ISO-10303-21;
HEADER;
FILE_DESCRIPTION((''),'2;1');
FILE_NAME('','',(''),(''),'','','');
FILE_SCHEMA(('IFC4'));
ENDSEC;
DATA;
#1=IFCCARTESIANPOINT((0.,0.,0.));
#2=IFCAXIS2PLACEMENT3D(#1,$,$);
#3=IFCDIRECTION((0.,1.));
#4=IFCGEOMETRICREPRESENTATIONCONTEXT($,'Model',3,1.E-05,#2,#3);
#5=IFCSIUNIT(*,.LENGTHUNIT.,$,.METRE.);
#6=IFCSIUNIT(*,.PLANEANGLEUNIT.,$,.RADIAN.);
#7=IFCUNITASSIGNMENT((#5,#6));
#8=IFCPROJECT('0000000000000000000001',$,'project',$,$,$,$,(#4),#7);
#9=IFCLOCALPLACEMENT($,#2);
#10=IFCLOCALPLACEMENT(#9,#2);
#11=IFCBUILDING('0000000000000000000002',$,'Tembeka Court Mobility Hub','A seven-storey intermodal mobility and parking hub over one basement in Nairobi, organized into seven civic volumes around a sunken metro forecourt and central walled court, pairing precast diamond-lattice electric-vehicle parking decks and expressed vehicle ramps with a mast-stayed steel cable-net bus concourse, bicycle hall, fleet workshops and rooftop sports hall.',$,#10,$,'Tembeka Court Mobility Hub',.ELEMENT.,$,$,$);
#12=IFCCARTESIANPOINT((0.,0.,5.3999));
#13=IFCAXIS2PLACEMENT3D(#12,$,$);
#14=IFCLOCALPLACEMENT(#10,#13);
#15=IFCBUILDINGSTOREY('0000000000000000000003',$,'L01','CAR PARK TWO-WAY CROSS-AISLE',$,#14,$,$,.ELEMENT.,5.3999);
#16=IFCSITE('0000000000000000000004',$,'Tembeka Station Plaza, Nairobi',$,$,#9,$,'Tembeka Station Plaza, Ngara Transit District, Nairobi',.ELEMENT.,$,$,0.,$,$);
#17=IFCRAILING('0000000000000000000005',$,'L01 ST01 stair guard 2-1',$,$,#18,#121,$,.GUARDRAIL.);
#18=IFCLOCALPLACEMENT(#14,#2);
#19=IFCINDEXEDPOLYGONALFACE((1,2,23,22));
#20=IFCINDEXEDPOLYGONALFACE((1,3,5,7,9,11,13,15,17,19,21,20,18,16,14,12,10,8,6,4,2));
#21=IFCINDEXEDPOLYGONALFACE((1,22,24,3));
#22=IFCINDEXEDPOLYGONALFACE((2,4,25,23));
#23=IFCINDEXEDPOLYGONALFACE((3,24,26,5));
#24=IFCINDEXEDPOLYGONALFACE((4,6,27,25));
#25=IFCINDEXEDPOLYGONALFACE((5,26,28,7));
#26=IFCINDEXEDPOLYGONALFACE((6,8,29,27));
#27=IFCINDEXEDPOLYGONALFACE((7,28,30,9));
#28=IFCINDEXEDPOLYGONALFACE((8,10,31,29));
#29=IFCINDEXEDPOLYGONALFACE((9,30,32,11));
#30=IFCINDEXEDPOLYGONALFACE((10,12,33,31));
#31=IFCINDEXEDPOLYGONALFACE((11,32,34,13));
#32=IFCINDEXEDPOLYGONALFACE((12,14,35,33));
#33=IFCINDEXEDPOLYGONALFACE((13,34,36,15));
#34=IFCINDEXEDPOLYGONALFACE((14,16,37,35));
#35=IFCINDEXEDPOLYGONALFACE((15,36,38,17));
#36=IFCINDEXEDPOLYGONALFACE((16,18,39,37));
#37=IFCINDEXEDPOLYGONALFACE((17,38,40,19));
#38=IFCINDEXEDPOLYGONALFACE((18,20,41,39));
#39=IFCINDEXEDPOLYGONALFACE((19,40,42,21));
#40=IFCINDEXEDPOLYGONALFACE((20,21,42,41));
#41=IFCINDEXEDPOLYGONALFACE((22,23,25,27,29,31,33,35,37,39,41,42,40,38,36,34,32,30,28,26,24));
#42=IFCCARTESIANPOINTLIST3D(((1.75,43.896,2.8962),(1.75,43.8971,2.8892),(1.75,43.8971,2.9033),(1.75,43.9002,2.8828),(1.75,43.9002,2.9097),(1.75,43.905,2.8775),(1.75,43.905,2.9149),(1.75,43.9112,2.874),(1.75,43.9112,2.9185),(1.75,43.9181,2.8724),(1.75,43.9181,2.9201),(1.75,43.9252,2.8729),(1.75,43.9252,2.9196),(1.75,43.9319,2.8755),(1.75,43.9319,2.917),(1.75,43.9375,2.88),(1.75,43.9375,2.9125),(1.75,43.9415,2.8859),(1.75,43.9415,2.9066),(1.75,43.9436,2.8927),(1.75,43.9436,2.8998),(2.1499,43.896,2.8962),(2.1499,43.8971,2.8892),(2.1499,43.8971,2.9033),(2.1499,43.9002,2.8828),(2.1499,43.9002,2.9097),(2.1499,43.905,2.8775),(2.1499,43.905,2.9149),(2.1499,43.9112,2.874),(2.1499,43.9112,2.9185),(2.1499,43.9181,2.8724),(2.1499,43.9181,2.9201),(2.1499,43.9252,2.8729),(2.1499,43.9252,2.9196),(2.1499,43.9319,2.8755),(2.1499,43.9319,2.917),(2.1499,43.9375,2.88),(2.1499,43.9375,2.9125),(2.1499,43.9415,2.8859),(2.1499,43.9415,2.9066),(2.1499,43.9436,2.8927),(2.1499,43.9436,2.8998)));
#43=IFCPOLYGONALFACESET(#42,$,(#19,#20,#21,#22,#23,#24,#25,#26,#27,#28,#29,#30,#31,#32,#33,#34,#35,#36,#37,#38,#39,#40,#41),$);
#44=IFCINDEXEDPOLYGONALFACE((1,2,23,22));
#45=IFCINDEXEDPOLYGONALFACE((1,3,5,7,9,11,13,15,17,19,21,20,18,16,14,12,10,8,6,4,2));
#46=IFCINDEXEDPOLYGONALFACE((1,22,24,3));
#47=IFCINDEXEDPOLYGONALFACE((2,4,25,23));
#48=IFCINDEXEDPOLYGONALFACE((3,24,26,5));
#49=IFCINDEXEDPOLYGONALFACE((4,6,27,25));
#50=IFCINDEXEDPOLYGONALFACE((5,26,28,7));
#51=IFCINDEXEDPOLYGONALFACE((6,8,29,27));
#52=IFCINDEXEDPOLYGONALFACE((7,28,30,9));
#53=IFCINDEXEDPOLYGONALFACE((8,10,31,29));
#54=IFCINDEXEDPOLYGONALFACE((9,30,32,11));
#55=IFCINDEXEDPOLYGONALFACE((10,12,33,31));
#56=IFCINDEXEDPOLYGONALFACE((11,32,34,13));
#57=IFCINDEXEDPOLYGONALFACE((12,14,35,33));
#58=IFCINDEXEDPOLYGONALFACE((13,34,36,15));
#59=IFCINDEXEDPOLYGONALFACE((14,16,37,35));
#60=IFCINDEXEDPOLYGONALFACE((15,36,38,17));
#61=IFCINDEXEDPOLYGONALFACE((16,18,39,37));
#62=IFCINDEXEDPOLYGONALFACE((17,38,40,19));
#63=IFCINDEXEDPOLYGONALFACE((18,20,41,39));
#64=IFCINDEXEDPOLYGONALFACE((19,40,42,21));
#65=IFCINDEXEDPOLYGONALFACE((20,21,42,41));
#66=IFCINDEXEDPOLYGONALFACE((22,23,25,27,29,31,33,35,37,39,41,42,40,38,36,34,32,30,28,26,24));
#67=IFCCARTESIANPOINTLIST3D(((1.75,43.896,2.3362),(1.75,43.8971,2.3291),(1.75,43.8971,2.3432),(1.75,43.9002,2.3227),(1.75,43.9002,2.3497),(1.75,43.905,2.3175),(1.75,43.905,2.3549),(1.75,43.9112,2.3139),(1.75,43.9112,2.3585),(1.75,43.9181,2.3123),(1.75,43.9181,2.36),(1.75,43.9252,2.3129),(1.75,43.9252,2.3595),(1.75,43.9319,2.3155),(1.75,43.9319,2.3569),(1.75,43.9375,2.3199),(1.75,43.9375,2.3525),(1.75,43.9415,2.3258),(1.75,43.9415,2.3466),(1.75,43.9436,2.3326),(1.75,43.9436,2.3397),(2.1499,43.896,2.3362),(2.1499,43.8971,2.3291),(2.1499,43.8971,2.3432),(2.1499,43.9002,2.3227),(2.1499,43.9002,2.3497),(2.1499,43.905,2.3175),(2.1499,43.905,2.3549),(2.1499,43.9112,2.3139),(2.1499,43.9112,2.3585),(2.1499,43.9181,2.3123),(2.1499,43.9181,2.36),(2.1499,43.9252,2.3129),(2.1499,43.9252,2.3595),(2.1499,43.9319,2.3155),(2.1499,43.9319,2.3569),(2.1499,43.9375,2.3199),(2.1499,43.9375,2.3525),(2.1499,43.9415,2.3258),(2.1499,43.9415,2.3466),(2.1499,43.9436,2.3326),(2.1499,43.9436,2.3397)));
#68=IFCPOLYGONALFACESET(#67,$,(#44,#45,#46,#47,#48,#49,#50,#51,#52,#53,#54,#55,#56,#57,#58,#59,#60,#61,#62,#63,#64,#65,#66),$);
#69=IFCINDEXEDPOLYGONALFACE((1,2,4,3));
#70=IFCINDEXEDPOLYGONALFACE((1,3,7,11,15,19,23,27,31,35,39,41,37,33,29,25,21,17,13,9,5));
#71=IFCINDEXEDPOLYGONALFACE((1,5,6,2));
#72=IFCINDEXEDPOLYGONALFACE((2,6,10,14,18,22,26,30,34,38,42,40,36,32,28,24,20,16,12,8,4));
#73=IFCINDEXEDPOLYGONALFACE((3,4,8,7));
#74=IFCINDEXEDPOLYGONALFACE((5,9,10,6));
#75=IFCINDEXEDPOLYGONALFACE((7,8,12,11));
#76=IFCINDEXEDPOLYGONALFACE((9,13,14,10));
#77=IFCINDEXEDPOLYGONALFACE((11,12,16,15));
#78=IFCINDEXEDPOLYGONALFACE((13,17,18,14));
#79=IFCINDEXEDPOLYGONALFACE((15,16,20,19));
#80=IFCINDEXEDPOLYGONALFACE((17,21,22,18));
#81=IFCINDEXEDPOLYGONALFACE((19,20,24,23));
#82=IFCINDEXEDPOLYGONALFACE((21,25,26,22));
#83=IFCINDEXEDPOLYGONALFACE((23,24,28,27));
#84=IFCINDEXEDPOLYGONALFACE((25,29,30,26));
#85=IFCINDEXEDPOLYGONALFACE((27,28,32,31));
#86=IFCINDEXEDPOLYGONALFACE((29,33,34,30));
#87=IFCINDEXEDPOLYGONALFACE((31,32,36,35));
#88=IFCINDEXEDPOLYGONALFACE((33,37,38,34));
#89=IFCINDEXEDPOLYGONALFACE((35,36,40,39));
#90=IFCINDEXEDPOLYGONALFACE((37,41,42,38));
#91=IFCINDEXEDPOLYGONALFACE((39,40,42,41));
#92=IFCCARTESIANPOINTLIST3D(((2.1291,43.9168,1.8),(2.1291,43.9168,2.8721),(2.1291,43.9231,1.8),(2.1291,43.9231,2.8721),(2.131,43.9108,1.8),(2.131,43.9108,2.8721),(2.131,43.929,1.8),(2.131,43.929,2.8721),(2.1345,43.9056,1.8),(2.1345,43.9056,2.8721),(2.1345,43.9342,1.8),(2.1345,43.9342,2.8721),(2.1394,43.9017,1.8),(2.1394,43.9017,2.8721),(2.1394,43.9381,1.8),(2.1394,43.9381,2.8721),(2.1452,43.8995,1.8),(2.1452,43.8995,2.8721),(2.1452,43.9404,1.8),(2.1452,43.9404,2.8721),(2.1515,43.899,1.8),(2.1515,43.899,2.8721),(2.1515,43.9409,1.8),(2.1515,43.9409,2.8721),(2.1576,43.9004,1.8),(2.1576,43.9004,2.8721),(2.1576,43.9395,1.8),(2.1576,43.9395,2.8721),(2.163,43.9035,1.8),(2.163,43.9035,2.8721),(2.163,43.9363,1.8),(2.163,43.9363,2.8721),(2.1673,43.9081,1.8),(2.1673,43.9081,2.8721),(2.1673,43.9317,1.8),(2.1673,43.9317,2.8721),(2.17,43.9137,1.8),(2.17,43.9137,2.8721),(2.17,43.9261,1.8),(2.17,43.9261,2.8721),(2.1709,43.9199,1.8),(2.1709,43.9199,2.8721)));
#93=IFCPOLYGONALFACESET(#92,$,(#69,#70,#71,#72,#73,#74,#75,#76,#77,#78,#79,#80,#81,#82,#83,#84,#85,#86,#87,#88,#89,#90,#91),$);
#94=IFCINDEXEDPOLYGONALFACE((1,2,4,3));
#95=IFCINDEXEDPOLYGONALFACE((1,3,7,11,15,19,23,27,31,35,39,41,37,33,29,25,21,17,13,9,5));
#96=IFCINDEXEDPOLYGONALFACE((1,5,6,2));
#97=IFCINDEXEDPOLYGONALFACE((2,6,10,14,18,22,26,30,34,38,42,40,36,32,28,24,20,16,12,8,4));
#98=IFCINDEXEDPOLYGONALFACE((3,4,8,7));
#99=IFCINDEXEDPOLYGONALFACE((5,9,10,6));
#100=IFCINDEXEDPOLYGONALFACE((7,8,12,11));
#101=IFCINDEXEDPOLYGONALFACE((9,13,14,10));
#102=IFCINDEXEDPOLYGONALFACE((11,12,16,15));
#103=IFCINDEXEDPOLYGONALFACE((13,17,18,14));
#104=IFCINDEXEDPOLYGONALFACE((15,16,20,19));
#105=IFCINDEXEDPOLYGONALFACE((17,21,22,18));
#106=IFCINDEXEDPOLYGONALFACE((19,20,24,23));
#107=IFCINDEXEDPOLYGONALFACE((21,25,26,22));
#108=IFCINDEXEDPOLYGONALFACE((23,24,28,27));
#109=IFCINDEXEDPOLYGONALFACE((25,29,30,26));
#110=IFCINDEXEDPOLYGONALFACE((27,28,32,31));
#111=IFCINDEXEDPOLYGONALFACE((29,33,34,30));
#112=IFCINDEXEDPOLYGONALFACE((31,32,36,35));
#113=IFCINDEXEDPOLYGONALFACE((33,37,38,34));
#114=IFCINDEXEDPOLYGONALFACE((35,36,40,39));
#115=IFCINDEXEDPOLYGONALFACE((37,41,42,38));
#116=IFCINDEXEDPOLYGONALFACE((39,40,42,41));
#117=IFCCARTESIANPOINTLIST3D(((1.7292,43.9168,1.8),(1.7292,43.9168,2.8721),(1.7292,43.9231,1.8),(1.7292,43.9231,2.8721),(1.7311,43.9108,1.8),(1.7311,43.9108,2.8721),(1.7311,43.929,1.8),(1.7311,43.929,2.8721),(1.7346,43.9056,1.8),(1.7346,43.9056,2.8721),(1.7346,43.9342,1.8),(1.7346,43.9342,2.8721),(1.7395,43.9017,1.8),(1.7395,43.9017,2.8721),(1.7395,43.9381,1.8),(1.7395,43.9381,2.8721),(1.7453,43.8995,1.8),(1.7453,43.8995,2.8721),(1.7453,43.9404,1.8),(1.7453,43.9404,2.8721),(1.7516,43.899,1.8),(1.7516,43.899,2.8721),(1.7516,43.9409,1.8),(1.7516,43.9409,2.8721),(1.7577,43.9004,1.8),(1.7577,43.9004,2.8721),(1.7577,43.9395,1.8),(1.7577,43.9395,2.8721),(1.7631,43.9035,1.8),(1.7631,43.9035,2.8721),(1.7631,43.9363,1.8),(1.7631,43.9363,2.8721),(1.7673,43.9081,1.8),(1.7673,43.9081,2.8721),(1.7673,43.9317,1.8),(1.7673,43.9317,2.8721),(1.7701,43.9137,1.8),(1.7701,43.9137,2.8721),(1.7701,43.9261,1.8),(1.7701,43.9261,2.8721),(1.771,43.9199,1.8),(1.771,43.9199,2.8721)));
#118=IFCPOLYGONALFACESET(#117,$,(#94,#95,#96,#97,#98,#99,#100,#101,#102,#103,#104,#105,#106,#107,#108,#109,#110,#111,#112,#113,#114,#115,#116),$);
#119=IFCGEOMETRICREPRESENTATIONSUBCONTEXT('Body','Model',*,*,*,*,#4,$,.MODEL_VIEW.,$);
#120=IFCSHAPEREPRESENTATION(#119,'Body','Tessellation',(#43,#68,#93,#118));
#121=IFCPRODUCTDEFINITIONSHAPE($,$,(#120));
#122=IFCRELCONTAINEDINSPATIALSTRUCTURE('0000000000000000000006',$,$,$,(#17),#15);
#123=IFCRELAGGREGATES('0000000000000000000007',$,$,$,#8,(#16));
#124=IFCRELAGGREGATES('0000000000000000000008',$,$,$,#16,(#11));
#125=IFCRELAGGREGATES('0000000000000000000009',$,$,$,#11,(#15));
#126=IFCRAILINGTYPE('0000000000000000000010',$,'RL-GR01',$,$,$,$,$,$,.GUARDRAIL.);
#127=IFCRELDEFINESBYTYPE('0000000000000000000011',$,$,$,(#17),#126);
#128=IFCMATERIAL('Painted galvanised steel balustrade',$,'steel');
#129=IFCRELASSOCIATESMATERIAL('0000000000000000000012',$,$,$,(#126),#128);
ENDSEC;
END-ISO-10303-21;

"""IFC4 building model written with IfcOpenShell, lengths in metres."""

from ifc_helpers import new_model, si_unit, direction, frame, origin, origin_2d, place, context, subcontext, project, spatial, circle, extrude, material, type_object, element, save


model = new_model("IFC4")

# Units and contexts
model_context = context("Model", 3, precision=1e-05, world=origin(), true_north=direction((0.0, 1.0)))
body_context = subcontext(model_context, "Body", "Model", "MODEL_VIEW")
ifc_project = project(units=[si_unit("LENGTHUNIT", "METRE"), si_unit("PLANEANGLEUNIT", "RADIAN")], contexts=[model_context])

# Site, building, storey
site_placement = place(None, origin())
site = spatial("IfcSite", under=ifc_project, at=site_placement, Name="Tembeka Station Plaza, Nairobi", LongName="Tembeka Station Plaza, Ngara Transit District, Nairobi", CompositionType="ELEMENT", RefElevation=0.0)
building_placement = place(site_placement, origin())
building = spatial("IfcBuilding", under=site, at=building_placement, Name="Tembeka Court Mobility Hub", Description="A seven-storey intermodal mobility and parking hub over one basement in Nairobi, organized into seven civic volumes around a sunken metro forecourt and central walled court, pairing precast diamond-lattice electric-vehicle parking decks and expressed vehicle ramps with a mast-stayed steel cable-net bus concourse, bicycle hall, fleet workshops and rooftop sports hall.", LongName="Tembeka Court Mobility Hub", CompositionType="ELEMENT")
storey_placement = place(building_placement, frame((0.0, 0.0, 5.3999)))
storey = spatial("IfcBuildingStorey", under=building, at=storey_placement, Name="L01", Description="CAR PARK TWO-WAY CROSS-AISLE", CompositionType="ELEMENT", Elevation=5.3999)

# Railing
ifc_material_1 = material(Name="Painted galvanised steel balustrade", Category="steel")
railing_type_1 = type_object("IfcRailingType", Name="RL-GR01", PredefinedType="GUARDRAIL", material=ifc_material_1)
railing_1_placement = place(storey_placement, frame((2.1499, 43.9199, 1.8)))
element("IfcRailing", 1, at=railing_1_placement, inside=storey, type_object=railing_type_1, Name="L01 ST01 stair guard 2-1", PredefinedType="GUARDRAIL", context=body_context, shape_type="SweptSolid", body=[
    extrude(circle(Radius=0.0239, at=origin_2d()), frame((0.0, 0.0, 1.0962), z_axis=(-1.0, 0.0, 0.0), x_axis=(0.0, -1.0, 0.0)), (0.0, 0.0, 1.0), 0.3999),
    extrude(circle(Radius=0.0239, at=origin_2d()), frame((0.0, 0.0, 0.5361), z_axis=(-1.0, 0.0, 0.0), x_axis=(0.0, -1.0, 0.0)), (0.0, 0.0, 1.0), 0.3999),
    extrude(circle(Radius=0.021, at=origin_2d()), origin(), (0.0, 0.0, 1.0), 1.072),
    extrude(circle(Radius=0.021, at=origin_2d()), frame((-0.3999, 0.0, 0.0)), (0.0, 0.0, 1.0), 1.072),
])

save(model, "model.ifc")
